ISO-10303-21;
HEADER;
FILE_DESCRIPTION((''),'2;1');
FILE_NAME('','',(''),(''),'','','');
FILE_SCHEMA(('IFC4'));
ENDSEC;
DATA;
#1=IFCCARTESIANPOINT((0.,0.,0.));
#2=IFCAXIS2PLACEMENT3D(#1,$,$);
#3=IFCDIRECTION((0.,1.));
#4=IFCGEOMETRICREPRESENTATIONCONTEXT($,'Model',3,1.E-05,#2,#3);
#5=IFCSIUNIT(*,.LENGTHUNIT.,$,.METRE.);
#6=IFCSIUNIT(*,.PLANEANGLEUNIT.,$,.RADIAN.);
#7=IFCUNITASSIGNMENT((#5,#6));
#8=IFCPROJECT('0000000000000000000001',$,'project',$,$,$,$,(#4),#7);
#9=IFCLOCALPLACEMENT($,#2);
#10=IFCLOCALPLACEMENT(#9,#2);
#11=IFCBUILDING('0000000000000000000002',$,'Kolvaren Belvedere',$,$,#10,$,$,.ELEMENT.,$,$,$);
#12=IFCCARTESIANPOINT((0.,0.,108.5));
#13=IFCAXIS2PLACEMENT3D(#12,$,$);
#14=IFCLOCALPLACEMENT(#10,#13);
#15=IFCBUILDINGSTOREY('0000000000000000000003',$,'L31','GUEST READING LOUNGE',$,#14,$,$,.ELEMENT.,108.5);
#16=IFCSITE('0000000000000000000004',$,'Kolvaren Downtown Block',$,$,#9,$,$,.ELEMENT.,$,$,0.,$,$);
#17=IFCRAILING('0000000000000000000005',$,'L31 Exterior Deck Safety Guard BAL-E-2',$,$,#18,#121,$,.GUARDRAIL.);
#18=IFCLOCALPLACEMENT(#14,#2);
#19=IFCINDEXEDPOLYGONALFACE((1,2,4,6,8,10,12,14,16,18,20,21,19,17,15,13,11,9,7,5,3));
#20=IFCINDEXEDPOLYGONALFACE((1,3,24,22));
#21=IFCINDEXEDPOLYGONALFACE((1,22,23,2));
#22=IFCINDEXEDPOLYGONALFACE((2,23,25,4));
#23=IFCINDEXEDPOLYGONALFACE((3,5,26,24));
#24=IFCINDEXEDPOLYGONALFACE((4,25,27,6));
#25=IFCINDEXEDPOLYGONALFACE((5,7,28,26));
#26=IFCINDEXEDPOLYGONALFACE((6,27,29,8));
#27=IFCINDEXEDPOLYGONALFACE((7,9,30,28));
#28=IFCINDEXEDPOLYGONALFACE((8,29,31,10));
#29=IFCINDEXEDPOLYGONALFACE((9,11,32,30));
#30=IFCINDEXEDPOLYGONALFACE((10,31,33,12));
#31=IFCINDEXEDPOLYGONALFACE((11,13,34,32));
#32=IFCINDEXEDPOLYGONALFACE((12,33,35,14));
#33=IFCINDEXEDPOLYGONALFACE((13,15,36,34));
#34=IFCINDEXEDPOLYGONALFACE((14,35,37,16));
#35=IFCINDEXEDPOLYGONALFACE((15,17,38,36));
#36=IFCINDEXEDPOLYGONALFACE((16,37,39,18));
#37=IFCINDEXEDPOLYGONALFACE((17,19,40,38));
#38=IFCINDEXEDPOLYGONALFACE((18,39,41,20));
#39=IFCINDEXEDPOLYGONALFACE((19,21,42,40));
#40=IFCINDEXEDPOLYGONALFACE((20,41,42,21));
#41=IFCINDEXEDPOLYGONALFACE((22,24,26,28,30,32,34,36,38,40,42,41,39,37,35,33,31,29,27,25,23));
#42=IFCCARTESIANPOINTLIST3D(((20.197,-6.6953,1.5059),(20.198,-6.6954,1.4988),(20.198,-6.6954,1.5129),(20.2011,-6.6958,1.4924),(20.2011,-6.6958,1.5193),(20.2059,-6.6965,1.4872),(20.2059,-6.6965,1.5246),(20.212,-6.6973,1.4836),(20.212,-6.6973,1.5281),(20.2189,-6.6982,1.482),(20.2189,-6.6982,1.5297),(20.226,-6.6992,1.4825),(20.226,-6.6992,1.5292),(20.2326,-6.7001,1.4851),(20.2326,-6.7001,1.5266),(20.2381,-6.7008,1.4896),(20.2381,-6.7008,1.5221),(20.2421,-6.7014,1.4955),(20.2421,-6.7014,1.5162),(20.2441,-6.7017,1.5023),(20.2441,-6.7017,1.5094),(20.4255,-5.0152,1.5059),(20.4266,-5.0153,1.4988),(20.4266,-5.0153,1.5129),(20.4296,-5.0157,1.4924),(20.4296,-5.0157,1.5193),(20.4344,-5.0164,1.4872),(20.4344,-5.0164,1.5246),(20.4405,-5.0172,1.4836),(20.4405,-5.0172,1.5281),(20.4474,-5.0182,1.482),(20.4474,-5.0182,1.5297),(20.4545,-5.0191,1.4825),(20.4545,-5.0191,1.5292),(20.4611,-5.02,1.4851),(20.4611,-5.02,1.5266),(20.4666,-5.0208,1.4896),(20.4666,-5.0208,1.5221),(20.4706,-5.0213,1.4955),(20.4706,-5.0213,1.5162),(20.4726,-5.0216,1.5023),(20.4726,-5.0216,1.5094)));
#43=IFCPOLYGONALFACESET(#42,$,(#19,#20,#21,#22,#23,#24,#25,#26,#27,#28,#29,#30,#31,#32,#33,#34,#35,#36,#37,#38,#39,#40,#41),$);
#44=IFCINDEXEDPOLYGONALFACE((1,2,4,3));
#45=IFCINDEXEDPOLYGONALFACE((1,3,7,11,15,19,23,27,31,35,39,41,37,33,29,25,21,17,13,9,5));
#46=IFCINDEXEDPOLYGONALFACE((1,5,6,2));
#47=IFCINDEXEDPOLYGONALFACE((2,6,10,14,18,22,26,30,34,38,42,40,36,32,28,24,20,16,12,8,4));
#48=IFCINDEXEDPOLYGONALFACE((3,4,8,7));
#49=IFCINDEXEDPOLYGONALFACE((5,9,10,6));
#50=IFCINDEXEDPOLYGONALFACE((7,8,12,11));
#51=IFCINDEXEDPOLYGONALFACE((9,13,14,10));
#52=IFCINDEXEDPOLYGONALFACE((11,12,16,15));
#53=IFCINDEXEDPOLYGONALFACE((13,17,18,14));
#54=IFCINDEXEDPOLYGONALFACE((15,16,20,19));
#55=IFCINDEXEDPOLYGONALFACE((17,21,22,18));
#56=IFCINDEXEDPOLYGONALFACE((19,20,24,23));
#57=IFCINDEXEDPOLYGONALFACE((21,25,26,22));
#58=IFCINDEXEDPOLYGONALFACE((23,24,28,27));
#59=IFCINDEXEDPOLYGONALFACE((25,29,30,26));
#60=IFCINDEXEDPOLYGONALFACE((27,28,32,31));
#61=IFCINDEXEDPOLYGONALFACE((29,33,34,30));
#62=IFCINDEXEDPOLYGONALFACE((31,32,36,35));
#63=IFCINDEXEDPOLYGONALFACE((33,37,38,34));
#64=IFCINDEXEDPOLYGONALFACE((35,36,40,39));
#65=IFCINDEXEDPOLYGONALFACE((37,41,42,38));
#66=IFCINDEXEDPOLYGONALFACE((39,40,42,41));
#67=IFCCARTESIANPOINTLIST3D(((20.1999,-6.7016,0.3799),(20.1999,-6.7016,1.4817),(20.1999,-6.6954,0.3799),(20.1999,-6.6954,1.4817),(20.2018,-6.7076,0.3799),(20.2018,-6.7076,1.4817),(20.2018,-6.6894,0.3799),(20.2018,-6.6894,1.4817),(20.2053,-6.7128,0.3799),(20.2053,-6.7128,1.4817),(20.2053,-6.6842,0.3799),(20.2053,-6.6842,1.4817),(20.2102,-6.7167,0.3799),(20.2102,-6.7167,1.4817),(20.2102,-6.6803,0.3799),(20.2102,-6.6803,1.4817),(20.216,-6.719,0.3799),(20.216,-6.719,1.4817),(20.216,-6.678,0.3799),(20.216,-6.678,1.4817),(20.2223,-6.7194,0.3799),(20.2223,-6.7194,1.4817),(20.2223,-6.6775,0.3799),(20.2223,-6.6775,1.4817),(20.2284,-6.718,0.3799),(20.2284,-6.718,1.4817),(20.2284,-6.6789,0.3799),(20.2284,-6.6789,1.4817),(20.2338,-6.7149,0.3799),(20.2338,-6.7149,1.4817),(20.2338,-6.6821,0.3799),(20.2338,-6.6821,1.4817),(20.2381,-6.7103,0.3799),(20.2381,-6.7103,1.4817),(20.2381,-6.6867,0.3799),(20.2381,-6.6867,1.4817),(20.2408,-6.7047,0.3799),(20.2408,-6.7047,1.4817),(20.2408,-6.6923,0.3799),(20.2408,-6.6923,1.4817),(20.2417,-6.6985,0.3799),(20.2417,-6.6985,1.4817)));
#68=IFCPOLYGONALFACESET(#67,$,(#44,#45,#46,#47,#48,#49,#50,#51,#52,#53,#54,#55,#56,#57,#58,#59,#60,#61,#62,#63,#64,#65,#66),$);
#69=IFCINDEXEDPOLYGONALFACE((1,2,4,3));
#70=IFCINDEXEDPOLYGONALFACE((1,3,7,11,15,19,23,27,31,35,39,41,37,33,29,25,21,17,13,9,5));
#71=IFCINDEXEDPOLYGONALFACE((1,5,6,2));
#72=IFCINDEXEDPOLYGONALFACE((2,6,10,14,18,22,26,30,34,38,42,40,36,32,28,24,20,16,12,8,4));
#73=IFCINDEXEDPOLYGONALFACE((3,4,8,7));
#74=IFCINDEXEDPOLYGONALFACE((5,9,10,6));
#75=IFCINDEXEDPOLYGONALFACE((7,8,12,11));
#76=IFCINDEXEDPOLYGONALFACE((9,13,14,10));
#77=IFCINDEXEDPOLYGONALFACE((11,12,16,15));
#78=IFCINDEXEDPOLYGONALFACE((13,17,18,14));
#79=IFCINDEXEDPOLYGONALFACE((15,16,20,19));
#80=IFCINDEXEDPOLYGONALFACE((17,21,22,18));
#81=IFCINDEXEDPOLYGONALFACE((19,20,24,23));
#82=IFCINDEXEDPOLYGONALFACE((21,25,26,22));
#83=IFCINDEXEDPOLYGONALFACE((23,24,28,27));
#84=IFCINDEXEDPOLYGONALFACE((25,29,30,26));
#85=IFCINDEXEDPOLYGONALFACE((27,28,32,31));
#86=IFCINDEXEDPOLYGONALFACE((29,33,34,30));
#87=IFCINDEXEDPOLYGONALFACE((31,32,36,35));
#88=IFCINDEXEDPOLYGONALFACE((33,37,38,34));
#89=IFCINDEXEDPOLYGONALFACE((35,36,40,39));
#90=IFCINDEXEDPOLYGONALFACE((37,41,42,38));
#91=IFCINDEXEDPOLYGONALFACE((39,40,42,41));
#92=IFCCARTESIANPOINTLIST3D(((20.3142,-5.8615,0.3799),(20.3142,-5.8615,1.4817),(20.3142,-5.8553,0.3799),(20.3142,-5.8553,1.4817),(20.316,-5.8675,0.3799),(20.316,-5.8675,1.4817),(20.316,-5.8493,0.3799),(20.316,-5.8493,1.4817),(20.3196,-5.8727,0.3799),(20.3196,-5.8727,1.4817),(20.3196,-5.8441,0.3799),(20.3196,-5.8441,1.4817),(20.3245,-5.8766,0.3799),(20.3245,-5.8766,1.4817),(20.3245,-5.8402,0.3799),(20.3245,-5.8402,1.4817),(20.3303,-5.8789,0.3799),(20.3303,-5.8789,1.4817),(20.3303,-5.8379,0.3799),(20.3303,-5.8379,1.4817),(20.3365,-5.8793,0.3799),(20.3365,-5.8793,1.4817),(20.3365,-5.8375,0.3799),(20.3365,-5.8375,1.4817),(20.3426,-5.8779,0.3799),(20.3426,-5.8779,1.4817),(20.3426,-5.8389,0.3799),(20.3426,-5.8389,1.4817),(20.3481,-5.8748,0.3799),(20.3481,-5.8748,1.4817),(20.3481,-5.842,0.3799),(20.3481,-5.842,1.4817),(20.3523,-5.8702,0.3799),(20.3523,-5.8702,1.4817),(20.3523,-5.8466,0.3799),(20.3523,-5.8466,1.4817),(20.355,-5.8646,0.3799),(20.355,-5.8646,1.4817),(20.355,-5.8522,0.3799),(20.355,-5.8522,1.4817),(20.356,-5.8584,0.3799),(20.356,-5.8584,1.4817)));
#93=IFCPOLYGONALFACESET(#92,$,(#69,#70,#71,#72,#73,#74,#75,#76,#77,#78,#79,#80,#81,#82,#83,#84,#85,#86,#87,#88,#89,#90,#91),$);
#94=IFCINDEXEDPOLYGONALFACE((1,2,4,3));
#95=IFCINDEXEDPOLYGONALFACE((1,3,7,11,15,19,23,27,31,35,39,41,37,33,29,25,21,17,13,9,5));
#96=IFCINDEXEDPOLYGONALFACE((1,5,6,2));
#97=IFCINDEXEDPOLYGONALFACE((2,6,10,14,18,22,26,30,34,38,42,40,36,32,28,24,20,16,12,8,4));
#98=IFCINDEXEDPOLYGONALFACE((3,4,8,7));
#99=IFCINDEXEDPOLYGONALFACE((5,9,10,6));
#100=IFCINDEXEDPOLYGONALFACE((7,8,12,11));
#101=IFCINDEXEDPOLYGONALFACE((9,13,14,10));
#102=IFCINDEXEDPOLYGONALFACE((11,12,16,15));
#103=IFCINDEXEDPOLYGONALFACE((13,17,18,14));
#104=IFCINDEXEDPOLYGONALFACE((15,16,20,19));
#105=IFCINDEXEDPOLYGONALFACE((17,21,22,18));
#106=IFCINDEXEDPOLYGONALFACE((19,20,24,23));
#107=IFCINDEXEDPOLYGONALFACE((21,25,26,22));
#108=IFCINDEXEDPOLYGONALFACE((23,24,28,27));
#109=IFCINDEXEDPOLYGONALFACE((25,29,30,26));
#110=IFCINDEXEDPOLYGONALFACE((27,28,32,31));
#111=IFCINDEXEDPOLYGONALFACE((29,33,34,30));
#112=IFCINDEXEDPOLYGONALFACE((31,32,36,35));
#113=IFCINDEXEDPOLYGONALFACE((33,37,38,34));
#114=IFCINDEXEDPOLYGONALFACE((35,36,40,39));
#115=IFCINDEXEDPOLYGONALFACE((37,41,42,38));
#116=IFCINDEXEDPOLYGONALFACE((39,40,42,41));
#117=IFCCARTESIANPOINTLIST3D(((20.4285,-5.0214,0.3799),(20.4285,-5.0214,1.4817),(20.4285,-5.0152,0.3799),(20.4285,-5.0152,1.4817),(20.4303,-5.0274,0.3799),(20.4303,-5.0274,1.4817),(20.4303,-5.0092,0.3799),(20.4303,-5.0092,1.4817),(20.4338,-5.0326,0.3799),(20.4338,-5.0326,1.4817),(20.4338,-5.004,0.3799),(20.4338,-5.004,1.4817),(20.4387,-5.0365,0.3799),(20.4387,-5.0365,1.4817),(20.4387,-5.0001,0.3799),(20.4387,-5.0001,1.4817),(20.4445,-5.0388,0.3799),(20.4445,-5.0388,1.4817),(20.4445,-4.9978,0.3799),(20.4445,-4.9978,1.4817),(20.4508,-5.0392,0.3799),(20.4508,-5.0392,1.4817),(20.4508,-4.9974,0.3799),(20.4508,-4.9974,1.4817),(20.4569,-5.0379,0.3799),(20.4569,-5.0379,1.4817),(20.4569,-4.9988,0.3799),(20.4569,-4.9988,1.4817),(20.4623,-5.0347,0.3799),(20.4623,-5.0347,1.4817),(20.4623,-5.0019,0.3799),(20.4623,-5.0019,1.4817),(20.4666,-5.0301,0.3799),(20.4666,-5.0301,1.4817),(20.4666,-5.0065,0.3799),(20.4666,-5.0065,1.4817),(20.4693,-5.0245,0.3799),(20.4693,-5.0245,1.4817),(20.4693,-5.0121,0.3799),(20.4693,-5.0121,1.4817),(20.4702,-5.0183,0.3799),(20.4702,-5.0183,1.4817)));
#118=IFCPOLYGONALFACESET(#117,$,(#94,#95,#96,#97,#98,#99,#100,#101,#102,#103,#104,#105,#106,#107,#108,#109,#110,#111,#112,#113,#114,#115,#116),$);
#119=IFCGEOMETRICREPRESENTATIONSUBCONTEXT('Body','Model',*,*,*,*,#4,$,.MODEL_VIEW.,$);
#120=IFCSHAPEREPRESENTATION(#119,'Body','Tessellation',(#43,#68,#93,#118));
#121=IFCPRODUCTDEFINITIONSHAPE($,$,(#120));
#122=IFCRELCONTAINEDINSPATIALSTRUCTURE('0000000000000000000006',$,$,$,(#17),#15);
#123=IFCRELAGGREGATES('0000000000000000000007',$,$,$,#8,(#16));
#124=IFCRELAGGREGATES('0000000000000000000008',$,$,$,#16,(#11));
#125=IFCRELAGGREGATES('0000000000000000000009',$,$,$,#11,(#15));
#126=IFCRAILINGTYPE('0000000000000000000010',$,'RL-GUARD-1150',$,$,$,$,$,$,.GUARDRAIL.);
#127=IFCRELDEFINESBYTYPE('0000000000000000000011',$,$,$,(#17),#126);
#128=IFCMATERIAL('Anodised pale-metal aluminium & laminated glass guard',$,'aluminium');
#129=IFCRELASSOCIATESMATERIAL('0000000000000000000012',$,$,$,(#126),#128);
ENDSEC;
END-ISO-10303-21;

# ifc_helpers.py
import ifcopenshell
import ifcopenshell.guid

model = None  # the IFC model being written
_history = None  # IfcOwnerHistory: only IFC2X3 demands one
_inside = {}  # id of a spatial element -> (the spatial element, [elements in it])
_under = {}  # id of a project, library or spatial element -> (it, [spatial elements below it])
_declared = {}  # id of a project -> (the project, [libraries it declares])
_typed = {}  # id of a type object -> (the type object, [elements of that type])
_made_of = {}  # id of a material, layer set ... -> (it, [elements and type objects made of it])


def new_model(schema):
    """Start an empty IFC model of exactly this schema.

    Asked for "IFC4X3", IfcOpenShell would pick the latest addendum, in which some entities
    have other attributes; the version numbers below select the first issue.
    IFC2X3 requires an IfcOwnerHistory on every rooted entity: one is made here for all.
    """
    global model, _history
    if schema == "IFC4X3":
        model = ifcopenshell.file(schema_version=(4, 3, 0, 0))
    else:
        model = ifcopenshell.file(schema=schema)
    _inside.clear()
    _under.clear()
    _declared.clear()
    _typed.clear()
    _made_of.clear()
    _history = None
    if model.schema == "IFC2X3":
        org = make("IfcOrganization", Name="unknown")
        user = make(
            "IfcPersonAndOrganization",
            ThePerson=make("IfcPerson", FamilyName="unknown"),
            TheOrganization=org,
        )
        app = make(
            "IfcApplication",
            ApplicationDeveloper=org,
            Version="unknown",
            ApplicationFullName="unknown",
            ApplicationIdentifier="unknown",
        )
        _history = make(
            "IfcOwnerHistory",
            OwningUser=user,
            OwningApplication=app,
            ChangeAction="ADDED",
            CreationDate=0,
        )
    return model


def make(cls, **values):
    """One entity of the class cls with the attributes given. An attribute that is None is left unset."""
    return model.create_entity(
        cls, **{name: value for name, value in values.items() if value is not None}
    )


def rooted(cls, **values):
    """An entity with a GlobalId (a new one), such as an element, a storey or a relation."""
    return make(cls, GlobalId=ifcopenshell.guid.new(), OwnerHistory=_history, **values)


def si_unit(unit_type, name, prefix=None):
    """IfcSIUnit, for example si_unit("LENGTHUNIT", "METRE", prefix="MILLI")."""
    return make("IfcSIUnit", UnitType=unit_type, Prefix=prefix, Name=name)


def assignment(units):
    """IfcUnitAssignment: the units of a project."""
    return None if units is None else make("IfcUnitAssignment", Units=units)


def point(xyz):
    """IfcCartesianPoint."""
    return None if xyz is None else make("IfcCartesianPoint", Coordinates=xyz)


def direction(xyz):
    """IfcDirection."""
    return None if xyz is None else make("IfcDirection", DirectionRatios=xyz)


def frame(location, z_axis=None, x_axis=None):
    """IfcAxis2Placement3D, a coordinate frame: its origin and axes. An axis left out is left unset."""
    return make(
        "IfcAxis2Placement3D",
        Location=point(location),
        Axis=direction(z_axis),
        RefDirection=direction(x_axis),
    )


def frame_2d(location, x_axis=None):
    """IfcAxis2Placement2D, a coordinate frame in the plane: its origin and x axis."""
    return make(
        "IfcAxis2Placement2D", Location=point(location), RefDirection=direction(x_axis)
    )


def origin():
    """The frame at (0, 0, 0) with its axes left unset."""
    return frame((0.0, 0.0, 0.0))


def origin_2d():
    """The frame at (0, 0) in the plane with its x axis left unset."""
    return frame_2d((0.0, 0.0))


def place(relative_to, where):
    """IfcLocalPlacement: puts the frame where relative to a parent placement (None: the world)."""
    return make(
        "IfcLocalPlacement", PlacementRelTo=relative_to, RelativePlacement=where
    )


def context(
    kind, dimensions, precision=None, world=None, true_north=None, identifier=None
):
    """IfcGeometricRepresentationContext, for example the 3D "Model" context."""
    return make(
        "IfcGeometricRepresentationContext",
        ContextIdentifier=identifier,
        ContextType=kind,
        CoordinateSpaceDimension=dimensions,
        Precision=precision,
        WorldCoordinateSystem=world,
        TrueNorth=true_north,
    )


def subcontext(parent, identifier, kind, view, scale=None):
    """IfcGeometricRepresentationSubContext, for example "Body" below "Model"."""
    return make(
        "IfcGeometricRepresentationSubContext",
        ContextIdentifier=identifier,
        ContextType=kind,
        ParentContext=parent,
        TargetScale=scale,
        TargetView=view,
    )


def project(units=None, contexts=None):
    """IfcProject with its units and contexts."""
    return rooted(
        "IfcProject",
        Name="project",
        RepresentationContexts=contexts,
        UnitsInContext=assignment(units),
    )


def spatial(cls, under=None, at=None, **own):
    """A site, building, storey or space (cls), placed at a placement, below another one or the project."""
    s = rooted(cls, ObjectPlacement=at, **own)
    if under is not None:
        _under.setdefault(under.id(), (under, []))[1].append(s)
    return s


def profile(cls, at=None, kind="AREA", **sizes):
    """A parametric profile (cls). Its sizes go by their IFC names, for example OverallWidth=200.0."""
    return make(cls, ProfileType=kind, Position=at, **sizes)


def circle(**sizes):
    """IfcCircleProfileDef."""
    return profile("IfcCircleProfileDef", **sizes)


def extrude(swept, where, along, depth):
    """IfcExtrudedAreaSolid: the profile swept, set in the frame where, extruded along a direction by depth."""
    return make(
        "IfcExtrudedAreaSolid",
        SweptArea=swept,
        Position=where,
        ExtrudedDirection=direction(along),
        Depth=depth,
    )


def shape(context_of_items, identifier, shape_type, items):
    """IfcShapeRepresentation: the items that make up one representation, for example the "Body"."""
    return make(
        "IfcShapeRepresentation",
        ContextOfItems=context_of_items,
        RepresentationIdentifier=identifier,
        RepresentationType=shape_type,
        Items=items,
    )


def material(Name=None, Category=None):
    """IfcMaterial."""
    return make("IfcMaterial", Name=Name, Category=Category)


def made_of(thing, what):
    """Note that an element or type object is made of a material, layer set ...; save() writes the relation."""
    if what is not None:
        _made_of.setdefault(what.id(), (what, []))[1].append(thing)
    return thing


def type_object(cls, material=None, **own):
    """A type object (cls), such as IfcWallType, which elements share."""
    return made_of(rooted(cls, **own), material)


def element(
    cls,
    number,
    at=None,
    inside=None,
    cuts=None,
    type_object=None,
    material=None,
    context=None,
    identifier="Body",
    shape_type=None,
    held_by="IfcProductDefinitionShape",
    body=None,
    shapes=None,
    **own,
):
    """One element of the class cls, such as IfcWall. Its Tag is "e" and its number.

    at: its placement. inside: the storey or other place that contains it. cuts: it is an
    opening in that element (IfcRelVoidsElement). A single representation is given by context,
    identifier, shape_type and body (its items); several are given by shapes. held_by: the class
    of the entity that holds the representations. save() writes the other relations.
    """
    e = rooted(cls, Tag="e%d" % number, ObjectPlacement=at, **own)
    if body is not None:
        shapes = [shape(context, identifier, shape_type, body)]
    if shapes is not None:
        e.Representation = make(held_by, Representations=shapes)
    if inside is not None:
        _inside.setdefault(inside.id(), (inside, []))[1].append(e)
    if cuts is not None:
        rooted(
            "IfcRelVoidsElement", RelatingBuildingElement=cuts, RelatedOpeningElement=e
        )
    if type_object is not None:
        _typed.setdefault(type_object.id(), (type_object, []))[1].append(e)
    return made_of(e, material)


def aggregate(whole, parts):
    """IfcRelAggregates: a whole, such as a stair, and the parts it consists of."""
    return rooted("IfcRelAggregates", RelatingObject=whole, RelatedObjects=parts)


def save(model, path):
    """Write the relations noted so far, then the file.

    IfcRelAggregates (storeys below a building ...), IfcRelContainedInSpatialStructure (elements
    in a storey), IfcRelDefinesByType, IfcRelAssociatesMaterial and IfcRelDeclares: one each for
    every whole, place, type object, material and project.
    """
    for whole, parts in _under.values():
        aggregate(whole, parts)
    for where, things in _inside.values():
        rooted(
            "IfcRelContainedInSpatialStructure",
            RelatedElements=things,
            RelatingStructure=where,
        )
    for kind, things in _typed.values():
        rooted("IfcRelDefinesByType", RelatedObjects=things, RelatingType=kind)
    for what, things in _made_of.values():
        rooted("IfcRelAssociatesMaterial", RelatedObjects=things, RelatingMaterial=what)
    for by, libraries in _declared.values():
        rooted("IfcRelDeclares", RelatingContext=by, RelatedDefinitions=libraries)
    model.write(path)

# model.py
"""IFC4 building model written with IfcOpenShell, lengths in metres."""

from ifc_helpers import new_model, si_unit, direction, frame, origin, origin_2d, place, context, subcontext, project, spatial, circle, extrude, material, type_object, element, save


model = new_model("IFC4")

# Units and contexts
model_context = context("Model", 3, precision=1e-05, world=origin(), true_north=direction((0.0, 1.0)))
body_context = subcontext(model_context, "Body", "Model", "MODEL_VIEW")
ifc_project = project(units=[si_unit("LENGTHUNIT", "METRE"), si_unit("PLANEANGLEUNIT", "RADIAN")], contexts=[model_context])

# Site, building, storey
site_placement = place(None, origin())
site = spatial("IfcSite", under=ifc_project, at=site_placement, Name="Kolvaren Downtown Block", CompositionType="ELEMENT", RefElevation=0.0)
building_placement = place(site_placement, origin())
building = spatial("IfcBuilding", under=site, at=building_placement, Name="Kolvaren Belvedere", CompositionType="ELEMENT")
storey_placement = place(building_placement, frame((0.0, 0.0, 108.5)))
storey = spatial("IfcBuildingStorey", under=building, at=storey_placement, Name="L31", Description="GUEST READING LOUNGE", CompositionType="ELEMENT", Elevation=108.5)

# Railing
ifc_material_1 = material(Name="Anodised pale-metal aluminium & laminated glass guard", Category="aluminium")
railing_type = type_object("IfcRailingType", Name="RL-GUARD-1150", PredefinedType="GUARDRAIL", material=ifc_material_1)
railing_1_placement = place(storey_placement, frame((20.2207, -6.6985, 0.3799)))
element("IfcRailing", 1, at=railing_1_placement, inside=storey, type_object=railing_type, Name="L31 Exterior Deck Safety Guard BAL-E-2", PredefinedType="GUARDRAIL", context=body_context, shape_type="SweptSolid", body=[
    extrude(circle(Radius=0.0239, at=origin_2d()), frame((0.0, 0.0, 1.126), z_axis=(0.134766, 0.990877, 0.0), x_axis=(-0.990877, 0.134766, 0.0)), (0.0, 0.0, 1.0), 1.6956),
    extrude(circle(Radius=0.021, at=origin_2d()), origin(), (0.0, 0.0, 1.0), 1.1018),
    extrude(circle(Radius=0.021, at=origin_2d()), frame((0.1143, 0.8401, 0.0)), (0.0, 0.0, 1.0), 1.1018),
    extrude(circle(Radius=0.021, at=origin_2d()), frame((0.2285, 1.6802, 0.0)), (0.0, 0.0, 1.0), 1.1018),
])

save(model, "model.ifc")
